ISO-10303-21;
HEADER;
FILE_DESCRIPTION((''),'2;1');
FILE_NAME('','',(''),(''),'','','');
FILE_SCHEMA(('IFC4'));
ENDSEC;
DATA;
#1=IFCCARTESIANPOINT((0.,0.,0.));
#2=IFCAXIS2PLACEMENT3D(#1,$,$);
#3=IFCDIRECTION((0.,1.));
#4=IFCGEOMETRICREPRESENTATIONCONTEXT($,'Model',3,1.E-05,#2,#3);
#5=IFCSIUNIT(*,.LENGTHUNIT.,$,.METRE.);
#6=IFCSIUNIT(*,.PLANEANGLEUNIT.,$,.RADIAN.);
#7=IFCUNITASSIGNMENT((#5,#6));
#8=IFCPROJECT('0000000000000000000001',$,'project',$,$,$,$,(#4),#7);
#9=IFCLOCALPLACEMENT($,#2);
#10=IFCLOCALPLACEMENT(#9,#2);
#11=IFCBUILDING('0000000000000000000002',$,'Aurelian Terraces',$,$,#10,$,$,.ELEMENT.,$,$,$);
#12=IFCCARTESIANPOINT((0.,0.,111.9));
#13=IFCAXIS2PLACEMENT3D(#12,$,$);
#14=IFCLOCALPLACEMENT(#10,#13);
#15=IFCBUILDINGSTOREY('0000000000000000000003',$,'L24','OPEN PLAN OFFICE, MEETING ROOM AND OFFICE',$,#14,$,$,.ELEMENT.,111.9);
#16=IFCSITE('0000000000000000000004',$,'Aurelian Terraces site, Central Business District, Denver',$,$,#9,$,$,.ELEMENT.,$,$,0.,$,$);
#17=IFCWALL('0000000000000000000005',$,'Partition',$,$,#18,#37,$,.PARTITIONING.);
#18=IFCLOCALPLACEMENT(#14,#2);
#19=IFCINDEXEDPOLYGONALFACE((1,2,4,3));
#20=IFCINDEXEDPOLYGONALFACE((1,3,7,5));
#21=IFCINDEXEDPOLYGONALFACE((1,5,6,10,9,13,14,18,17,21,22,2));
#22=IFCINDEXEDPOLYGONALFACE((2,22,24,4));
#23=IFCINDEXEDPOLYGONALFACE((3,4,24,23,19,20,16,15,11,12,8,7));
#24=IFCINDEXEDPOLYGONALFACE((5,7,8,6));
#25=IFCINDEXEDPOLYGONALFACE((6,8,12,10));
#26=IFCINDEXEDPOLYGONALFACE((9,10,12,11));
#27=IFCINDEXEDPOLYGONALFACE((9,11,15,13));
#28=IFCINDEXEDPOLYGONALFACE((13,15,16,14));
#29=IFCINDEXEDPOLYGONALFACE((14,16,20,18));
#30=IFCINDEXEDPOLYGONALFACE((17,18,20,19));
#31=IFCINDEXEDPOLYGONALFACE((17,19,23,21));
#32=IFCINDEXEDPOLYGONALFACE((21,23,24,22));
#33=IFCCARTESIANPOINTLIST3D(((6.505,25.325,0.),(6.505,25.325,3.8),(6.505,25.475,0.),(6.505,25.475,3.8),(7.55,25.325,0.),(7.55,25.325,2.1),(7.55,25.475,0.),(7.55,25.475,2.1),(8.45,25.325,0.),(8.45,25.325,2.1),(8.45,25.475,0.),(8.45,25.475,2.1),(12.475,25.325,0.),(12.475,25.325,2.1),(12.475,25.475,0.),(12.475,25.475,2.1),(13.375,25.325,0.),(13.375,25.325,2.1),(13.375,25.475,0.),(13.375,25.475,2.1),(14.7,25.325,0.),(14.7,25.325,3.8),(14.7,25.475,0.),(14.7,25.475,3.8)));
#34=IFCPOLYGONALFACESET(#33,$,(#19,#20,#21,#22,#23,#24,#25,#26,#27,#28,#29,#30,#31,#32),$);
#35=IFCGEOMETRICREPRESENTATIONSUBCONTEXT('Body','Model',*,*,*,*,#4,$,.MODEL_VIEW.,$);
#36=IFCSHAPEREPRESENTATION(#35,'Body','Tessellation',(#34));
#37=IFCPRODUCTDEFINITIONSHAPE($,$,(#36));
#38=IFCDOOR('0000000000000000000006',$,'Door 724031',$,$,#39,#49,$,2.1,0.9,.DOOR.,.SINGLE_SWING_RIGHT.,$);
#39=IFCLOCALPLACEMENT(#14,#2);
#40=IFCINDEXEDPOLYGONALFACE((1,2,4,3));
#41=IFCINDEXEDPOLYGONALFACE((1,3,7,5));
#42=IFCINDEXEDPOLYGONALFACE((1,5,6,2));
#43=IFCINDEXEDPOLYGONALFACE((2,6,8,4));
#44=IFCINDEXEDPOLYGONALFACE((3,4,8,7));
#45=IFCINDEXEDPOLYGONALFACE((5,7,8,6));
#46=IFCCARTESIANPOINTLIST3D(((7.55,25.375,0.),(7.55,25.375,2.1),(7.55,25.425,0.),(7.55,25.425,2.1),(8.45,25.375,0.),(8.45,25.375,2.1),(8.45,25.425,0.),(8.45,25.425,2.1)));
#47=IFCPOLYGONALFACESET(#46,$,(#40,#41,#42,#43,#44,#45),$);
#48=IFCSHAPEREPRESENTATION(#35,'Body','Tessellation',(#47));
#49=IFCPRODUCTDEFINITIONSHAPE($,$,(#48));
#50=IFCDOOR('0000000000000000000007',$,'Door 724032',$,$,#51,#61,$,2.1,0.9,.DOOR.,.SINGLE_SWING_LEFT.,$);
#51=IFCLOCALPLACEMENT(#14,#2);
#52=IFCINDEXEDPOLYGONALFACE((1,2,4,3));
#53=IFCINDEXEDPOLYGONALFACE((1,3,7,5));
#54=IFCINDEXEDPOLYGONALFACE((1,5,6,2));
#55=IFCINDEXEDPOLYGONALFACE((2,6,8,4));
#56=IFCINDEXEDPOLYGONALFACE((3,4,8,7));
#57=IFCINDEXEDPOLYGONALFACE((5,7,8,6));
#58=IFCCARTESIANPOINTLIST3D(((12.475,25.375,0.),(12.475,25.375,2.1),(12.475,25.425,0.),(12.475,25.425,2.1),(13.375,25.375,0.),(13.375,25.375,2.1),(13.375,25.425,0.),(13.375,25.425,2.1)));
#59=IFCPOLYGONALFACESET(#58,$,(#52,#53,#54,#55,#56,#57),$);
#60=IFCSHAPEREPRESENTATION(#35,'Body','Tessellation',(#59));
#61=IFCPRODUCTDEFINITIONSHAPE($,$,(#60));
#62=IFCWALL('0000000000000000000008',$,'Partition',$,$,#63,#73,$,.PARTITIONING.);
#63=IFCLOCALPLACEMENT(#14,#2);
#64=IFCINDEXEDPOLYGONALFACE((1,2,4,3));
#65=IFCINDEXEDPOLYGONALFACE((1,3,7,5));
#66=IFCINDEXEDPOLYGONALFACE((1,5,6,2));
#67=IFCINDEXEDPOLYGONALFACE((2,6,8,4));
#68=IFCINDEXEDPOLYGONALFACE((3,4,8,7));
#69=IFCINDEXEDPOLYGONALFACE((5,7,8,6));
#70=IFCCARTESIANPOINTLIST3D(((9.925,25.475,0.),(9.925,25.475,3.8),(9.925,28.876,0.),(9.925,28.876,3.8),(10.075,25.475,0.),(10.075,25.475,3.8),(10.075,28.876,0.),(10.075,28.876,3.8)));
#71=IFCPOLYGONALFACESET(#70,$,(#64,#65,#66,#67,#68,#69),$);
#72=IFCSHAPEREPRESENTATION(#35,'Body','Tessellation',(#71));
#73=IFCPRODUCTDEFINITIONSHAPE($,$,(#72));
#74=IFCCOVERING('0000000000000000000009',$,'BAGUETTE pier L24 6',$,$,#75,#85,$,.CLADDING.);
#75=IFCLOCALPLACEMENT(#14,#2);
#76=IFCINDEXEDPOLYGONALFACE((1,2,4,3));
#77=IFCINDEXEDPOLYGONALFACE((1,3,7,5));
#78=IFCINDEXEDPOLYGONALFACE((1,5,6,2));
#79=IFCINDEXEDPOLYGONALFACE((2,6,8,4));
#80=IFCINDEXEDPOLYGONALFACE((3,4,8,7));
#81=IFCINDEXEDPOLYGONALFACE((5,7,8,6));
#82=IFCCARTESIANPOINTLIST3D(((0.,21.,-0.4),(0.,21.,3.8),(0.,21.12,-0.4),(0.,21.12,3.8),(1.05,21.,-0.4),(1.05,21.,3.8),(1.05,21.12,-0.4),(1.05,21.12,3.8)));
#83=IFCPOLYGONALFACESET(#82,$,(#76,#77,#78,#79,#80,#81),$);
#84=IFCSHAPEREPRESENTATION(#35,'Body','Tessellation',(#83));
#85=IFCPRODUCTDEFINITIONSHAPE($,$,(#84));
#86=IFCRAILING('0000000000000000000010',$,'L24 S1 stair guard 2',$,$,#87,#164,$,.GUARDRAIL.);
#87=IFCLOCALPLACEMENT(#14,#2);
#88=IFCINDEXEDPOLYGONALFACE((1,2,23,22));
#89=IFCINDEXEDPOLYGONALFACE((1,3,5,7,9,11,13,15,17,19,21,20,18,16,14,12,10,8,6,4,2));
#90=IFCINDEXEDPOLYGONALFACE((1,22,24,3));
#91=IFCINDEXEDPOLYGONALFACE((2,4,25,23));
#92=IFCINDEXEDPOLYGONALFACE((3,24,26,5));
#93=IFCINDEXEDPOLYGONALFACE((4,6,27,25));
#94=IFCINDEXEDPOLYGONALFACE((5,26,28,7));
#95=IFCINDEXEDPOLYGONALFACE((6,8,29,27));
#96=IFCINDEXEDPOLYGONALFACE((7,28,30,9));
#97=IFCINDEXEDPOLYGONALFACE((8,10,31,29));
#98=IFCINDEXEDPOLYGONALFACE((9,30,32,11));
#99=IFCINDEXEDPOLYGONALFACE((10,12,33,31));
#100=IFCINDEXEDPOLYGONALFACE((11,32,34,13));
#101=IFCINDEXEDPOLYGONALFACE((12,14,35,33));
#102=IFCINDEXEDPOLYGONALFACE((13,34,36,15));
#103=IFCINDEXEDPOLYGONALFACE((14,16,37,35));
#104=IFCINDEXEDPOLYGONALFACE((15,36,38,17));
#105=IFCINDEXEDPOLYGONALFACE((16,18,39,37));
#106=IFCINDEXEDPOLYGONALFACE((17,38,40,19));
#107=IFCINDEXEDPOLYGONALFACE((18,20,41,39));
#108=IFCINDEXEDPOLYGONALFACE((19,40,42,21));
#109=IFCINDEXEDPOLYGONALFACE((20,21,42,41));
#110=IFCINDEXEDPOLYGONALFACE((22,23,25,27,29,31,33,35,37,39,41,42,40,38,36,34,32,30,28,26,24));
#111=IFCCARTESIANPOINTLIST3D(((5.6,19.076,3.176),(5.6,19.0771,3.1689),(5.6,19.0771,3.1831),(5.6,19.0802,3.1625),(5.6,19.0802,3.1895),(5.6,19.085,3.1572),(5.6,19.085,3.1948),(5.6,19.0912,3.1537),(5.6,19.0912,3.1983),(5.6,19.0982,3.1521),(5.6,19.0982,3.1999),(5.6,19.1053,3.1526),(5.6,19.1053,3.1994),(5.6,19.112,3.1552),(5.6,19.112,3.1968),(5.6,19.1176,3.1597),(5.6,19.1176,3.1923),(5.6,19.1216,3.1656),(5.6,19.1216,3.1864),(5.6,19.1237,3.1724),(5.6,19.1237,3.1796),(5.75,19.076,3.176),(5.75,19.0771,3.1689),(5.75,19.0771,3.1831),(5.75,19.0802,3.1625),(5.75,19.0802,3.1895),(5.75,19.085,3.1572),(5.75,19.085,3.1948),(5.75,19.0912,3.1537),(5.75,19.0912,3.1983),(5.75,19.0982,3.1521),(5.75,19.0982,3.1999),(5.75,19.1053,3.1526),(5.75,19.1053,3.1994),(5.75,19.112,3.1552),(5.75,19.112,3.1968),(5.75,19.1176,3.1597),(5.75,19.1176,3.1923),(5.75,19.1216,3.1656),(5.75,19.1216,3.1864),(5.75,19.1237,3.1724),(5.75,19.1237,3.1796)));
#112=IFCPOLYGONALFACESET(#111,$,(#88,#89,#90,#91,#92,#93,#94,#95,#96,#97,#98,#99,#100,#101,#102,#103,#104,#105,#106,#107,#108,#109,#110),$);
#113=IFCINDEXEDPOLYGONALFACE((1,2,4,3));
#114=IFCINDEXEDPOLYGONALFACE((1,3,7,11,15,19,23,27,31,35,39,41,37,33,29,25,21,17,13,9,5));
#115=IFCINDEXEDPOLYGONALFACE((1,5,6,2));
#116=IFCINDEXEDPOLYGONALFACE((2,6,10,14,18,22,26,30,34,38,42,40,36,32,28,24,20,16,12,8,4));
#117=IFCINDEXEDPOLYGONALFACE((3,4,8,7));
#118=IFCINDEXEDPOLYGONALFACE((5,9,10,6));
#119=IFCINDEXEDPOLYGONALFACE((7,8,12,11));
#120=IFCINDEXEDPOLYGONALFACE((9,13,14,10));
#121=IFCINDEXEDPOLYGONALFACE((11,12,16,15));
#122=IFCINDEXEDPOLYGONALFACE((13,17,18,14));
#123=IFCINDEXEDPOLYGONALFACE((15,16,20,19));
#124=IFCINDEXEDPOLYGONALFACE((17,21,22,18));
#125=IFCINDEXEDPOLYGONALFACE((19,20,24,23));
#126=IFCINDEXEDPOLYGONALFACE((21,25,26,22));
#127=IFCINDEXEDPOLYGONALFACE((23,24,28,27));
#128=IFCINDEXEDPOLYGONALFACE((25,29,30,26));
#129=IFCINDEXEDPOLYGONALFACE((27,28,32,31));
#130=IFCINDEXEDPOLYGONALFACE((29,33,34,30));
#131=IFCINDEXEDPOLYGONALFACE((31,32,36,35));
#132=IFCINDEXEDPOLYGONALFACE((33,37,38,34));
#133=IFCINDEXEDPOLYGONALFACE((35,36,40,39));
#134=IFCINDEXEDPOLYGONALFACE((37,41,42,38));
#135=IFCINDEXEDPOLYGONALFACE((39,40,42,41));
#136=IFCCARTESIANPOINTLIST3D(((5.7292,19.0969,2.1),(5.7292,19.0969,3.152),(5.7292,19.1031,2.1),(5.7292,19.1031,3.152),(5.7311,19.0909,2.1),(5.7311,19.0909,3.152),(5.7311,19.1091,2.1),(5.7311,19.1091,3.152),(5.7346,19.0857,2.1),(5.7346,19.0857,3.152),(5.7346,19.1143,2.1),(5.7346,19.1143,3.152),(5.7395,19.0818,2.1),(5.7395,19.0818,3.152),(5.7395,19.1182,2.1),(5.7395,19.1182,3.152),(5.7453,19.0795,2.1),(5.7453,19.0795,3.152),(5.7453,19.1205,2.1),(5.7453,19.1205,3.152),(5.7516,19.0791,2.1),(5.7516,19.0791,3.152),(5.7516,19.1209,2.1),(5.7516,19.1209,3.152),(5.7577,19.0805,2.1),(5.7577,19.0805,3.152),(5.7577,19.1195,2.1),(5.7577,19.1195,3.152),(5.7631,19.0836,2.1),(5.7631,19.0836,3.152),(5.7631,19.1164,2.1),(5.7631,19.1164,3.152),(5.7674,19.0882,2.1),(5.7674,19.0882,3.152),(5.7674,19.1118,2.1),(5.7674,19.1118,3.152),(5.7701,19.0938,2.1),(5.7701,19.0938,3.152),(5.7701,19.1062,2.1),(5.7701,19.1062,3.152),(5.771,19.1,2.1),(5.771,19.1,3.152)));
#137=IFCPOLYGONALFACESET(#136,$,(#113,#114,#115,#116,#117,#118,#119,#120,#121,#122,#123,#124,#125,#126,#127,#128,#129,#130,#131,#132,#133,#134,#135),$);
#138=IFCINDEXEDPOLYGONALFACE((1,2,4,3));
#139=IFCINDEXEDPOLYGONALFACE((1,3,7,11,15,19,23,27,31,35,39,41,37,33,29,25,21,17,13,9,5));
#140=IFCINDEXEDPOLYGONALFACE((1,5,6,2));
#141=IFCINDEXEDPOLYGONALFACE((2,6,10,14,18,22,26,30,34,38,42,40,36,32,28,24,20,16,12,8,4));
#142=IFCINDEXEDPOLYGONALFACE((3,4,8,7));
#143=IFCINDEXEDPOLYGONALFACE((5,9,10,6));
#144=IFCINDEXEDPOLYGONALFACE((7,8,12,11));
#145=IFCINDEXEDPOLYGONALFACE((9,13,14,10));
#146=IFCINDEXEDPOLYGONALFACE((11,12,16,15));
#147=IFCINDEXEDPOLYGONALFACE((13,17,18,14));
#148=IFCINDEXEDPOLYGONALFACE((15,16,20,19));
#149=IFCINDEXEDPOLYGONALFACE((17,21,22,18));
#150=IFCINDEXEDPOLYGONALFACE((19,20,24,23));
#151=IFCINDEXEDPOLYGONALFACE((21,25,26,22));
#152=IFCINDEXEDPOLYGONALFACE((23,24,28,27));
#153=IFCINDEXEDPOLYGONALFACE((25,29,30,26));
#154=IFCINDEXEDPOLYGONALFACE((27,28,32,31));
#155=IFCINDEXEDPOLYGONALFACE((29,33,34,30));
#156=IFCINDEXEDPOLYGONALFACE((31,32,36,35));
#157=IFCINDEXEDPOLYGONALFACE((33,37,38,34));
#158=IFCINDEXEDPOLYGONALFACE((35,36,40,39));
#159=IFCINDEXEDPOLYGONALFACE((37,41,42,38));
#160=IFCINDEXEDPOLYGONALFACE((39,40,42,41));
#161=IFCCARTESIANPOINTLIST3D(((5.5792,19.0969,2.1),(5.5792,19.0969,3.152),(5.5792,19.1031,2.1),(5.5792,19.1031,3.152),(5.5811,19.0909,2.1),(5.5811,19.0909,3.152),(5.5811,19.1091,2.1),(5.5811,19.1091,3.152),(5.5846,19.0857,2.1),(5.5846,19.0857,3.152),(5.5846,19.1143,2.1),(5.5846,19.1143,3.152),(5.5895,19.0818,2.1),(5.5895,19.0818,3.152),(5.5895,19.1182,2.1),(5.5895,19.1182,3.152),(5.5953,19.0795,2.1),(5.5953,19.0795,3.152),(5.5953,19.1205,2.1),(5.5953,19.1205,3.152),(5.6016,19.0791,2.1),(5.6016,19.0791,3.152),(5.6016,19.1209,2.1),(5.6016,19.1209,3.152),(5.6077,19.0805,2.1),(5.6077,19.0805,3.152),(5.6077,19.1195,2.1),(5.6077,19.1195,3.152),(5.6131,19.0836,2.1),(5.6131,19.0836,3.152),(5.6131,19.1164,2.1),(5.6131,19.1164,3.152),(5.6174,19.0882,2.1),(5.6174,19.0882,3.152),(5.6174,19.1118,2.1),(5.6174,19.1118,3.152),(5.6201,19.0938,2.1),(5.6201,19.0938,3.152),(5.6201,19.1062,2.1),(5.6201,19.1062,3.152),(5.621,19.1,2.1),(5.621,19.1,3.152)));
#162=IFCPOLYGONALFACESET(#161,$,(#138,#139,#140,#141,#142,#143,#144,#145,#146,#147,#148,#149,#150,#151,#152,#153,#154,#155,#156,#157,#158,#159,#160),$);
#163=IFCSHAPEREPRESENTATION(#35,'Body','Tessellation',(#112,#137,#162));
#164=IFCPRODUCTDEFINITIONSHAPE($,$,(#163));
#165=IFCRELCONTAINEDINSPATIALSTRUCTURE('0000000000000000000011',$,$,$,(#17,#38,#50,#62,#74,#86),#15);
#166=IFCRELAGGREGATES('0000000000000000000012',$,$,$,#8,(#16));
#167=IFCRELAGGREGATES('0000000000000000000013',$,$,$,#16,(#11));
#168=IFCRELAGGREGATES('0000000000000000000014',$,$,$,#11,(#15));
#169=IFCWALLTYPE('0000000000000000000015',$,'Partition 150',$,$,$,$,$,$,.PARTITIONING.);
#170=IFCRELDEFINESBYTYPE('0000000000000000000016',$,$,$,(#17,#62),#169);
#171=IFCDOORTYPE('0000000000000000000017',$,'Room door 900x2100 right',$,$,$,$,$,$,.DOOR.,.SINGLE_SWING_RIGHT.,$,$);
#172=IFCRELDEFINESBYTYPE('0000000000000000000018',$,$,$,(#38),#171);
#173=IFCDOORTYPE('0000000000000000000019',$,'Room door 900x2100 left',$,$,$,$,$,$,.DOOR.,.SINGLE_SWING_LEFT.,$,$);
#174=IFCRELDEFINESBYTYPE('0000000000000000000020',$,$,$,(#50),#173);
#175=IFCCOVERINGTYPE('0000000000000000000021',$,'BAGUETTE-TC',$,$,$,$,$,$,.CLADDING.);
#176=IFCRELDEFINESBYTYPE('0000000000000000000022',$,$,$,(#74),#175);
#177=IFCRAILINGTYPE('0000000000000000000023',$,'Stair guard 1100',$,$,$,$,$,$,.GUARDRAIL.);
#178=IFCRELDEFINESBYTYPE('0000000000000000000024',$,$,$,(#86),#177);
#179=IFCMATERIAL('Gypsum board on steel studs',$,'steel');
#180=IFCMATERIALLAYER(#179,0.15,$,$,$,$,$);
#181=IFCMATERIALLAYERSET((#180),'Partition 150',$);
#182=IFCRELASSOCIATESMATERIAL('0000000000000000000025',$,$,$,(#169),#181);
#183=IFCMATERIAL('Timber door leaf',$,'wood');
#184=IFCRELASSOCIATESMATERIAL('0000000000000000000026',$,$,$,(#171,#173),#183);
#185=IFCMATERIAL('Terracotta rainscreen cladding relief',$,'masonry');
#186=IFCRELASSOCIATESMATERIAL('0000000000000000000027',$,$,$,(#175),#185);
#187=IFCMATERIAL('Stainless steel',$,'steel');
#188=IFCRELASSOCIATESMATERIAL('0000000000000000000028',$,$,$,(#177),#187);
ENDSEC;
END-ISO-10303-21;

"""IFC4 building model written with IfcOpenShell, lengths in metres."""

from ifc_helpers import new_model, si_unit, direction, frame, frame_2d, origin, origin_2d, place, context, subcontext, project, spatial, rectangle, circle, extrude, source, transform, mapped, material, layer, layer_set, type_object, element, fill, save


model = new_model("IFC4")

# Units and contexts
model_context = context("Model", 3, precision=1e-05, world=origin(), true_north=direction((0.0, 1.0)))
body_context = subcontext(model_context, "Body", "Model", "MODEL_VIEW")
ifc_project = project(units=[si_unit("LENGTHUNIT", "METRE"), si_unit("PLANEANGLEUNIT", "RADIAN")], contexts=[model_context])

# Site, building, storey
site_placement = place(None, origin())
site = spatial("IfcSite", under=ifc_project, at=site_placement, Name="Aurelian Terraces site, Central Business District, Denver", CompositionType="ELEMENT", RefElevation=0.0)
building_placement = place(site_placement, origin())
building = spatial("IfcBuilding", under=site, at=building_placement, Name="Aurelian Terraces", CompositionType="ELEMENT")
storey_placement = place(building_placement, frame((0.0, 0.0, 111.9)))
storey = spatial("IfcBuildingStorey", under=building, at=storey_placement, Name="L24", Description="OPEN PLAN OFFICE, MEETING ROOM AND OFFICE", CompositionType="ELEMENT", Elevation=111.9)

# Wall, openings, doors
ifc_material_1 = material(Name="Gypsum board on steel studs", Category="steel")
ifc_layer_1 = layer(ifc_material_1, 0.15)
ifc_layer_set_1 = layer_set([ifc_layer_1], Name="Partition 150")
wall_type_1 = type_object("IfcWallType", Name="Partition 150", PredefinedType="PARTITIONING", material=ifc_layer_set_1)
shared_shape_1 = source(origin(), body_context, "Body", "SweptSolid", [
    extrude(rectangle(XDim=8.195, YDim=0.15, at=frame_2d((4.0975, 0.0))), origin(), (0.0, 0.0, 1.0), 3.8),
])
wall_1_placement = place(storey_placement, frame((6.505, 25.4, 0.0), z_axis=(0.0, 0.0, 1.0), x_axis=(1.0, 0.0, 0.0)))
wall_1 = element("IfcWall", 1, at=wall_1_placement, inside=storey, type_object=wall_type_1, Name="Partition", PredefinedType="PARTITIONING", context=body_context, shape_type="MappedRepresentation", body=[
    mapped(shared_shape_1, transform((0.0, 0.0, 0.0), scale=1.0)),
])
shared_shape_2 = source(origin(), body_context, "Body", "SweptSolid", [
    extrude(rectangle(XDim=0.9, YDim=2.1, at=frame_2d((0.45, 1.05))), frame((0.0, 0.085, 0.0), z_axis=(0.0, -1.0, 0.0), x_axis=(1.0, 0.0, 0.0)), (0.0, 0.0, 1.0), 0.17),
])
opening_1_placement = place(wall_1_placement, frame((1.045, 0.0, 0.0)))
opening_1 = element("IfcOpeningElement", 2, at=opening_1_placement, cuts=wall_1, PredefinedType="OPENING", context=body_context, shape_type="MappedRepresentation", body=[
    mapped(shared_shape_2, transform((0.0, 0.0, 0.0), scale=1.0)),
])
opening_2_placement = place(wall_1_placement, frame((5.97, 0.0, 0.0)))
opening_2 = element("IfcOpeningElement", 3, at=opening_2_placement, cuts=wall_1, PredefinedType="OPENING", context=body_context, shape_type="MappedRepresentation", body=[
    mapped(shared_shape_2, transform((0.0, 0.0, 0.0), scale=1.0)),
])
ifc_material_2 = material(Name="Timber door leaf", Category="wood")
door_type_1 = type_object("IfcDoorType", Name="Room door 900x2100 right", OperationType="SINGLE_SWING_RIGHT", PredefinedType="DOOR", material=ifc_material_2)
shared_shape_3 = source(origin(), body_context, "Body", "SweptSolid", [
    extrude(rectangle(XDim=0.9, YDim=2.1, at=frame_2d((0.45, 1.05))), frame((0.0, 0.025, 0.0), z_axis=(0.0, -1.0, 0.0), x_axis=(1.0, 0.0, 0.0)), (0.0, 0.0, 1.0), 0.05),
])
door_1_placement = place(opening_1_placement, origin())
door_1 = element("IfcDoor", 4, at=door_1_placement, inside=storey, type_object=door_type_1, Name="Door 724031", OperationType="SINGLE_SWING_RIGHT", OverallHeight=2.1, OverallWidth=0.9, PredefinedType="DOOR", context=body_context, shape_type="MappedRepresentation", body=[
    mapped(shared_shape_3, transform((0.0, 0.0, 0.0), scale=1.0)),
])
fill(opening_1, door_1)
door_type_2 = type_object("IfcDoorType", Name="Room door 900x2100 left", OperationType="SINGLE_SWING_LEFT", PredefinedType="DOOR", material=ifc_material_2)
door_2_placement = place(opening_2_placement, origin())
door_2 = element("IfcDoor", 5, at=door_2_placement, inside=storey, type_object=door_type_2, Name="Door 724032", OperationType="SINGLE_SWING_LEFT", OverallHeight=2.1, OverallWidth=0.9, PredefinedType="DOOR", context=body_context, shape_type="MappedRepresentation", body=[
    mapped(shared_shape_3, transform((0.0, 0.0, 0.0), scale=1.0)),
])
fill(opening_2, door_2)

# Wall
shared_shape_4 = source(origin(), body_context, "Body", "SweptSolid", [
    extrude(rectangle(XDim=3.401, YDim=0.15, at=frame_2d((1.7005, 0.0))), origin(), (0.0, 0.0, 1.0), 3.8),
])
wall_2_placement = place(storey_placement, frame((10.0, 25.475, 0.0), z_axis=(0.0, 0.0, 1.0), x_axis=(0.0, 1.0, 0.0)))
element("IfcWall", 6, at=wall_2_placement, inside=storey, type_object=wall_type_1, Name="Partition", PredefinedType="PARTITIONING", context=body_context, shape_type="MappedRepresentation", body=[
    mapped(shared_shape_4, transform((0.0, 0.0, 0.0), scale=1.0)),
])

# Covering
ifc_material_3 = material(Name="Terracotta rainscreen cladding relief", Category="masonry")
covering_type = type_object("IfcCoveringType", Name="BAGUETTE-TC", PredefinedType="CLADDING", material=ifc_material_3)
shared_shape_5 = source(origin(), body_context, "Body", "SweptSolid", [
    extrude(rectangle(XDim=1.05, YDim=0.12, at=origin_2d()), origin(), (0.0, 0.0, 1.0), 4.2),
])
covering_placement = place(storey_placement, frame((0.525, 21.06, -0.4), z_axis=(0.0, 0.0, 1.0), x_axis=(1.0, 0.0, 0.0)))
element("IfcCovering", 7, at=covering_placement, inside=storey, type_object=covering_type, Name="BAGUETTE pier L24 6", PredefinedType="CLADDING", context=body_context, shape_type="MappedRepresentation", body=[
    mapped(shared_shape_5, transform((0.0, 0.0, 0.0), scale=1.0)),
])

# Railing
ifc_material_4 = material(Name="Stainless steel", Category="steel")
railing_type = type_object("IfcRailingType", Name="Stair guard 1100", PredefinedType="GUARDRAIL", material=ifc_material_4)
shared_shape_6 = source(origin(), body_context, "Body", "SweptSolid", [
    extrude(circle(Radius=0.024, at=origin_2d()), frame((0.0, 0.0, 1.076), z_axis=(-1.0, 0.0, 0.0), x_axis=(0.0, -1.0, 0.0)), (0.0, 0.0, 1.0), 0.15),
    extrude(circle(Radius=0.021, at=origin_2d()), origin(), (0.0, 0.0, 1.0), 1.052),
    extrude(circle(Radius=0.021, at=origin_2d()), frame((-0.15, 0.0, 0.0)), (0.0, 0.0, 1.0), 1.052),
])
railing_placement = place(storey_placement, frame((5.75, 19.1, 2.1)))
element("IfcRailing", 8, at=railing_placement, inside=storey, type_object=railing_type, Name="L24 S1 stair guard 2", PredefinedType="GUARDRAIL", context=body_context, shape_type="MappedRepresentation", body=[
    mapped(shared_shape_6, transform((0.0, 0.0, 0.0), scale=1.0)),
])

save(model, "model.ifc")
